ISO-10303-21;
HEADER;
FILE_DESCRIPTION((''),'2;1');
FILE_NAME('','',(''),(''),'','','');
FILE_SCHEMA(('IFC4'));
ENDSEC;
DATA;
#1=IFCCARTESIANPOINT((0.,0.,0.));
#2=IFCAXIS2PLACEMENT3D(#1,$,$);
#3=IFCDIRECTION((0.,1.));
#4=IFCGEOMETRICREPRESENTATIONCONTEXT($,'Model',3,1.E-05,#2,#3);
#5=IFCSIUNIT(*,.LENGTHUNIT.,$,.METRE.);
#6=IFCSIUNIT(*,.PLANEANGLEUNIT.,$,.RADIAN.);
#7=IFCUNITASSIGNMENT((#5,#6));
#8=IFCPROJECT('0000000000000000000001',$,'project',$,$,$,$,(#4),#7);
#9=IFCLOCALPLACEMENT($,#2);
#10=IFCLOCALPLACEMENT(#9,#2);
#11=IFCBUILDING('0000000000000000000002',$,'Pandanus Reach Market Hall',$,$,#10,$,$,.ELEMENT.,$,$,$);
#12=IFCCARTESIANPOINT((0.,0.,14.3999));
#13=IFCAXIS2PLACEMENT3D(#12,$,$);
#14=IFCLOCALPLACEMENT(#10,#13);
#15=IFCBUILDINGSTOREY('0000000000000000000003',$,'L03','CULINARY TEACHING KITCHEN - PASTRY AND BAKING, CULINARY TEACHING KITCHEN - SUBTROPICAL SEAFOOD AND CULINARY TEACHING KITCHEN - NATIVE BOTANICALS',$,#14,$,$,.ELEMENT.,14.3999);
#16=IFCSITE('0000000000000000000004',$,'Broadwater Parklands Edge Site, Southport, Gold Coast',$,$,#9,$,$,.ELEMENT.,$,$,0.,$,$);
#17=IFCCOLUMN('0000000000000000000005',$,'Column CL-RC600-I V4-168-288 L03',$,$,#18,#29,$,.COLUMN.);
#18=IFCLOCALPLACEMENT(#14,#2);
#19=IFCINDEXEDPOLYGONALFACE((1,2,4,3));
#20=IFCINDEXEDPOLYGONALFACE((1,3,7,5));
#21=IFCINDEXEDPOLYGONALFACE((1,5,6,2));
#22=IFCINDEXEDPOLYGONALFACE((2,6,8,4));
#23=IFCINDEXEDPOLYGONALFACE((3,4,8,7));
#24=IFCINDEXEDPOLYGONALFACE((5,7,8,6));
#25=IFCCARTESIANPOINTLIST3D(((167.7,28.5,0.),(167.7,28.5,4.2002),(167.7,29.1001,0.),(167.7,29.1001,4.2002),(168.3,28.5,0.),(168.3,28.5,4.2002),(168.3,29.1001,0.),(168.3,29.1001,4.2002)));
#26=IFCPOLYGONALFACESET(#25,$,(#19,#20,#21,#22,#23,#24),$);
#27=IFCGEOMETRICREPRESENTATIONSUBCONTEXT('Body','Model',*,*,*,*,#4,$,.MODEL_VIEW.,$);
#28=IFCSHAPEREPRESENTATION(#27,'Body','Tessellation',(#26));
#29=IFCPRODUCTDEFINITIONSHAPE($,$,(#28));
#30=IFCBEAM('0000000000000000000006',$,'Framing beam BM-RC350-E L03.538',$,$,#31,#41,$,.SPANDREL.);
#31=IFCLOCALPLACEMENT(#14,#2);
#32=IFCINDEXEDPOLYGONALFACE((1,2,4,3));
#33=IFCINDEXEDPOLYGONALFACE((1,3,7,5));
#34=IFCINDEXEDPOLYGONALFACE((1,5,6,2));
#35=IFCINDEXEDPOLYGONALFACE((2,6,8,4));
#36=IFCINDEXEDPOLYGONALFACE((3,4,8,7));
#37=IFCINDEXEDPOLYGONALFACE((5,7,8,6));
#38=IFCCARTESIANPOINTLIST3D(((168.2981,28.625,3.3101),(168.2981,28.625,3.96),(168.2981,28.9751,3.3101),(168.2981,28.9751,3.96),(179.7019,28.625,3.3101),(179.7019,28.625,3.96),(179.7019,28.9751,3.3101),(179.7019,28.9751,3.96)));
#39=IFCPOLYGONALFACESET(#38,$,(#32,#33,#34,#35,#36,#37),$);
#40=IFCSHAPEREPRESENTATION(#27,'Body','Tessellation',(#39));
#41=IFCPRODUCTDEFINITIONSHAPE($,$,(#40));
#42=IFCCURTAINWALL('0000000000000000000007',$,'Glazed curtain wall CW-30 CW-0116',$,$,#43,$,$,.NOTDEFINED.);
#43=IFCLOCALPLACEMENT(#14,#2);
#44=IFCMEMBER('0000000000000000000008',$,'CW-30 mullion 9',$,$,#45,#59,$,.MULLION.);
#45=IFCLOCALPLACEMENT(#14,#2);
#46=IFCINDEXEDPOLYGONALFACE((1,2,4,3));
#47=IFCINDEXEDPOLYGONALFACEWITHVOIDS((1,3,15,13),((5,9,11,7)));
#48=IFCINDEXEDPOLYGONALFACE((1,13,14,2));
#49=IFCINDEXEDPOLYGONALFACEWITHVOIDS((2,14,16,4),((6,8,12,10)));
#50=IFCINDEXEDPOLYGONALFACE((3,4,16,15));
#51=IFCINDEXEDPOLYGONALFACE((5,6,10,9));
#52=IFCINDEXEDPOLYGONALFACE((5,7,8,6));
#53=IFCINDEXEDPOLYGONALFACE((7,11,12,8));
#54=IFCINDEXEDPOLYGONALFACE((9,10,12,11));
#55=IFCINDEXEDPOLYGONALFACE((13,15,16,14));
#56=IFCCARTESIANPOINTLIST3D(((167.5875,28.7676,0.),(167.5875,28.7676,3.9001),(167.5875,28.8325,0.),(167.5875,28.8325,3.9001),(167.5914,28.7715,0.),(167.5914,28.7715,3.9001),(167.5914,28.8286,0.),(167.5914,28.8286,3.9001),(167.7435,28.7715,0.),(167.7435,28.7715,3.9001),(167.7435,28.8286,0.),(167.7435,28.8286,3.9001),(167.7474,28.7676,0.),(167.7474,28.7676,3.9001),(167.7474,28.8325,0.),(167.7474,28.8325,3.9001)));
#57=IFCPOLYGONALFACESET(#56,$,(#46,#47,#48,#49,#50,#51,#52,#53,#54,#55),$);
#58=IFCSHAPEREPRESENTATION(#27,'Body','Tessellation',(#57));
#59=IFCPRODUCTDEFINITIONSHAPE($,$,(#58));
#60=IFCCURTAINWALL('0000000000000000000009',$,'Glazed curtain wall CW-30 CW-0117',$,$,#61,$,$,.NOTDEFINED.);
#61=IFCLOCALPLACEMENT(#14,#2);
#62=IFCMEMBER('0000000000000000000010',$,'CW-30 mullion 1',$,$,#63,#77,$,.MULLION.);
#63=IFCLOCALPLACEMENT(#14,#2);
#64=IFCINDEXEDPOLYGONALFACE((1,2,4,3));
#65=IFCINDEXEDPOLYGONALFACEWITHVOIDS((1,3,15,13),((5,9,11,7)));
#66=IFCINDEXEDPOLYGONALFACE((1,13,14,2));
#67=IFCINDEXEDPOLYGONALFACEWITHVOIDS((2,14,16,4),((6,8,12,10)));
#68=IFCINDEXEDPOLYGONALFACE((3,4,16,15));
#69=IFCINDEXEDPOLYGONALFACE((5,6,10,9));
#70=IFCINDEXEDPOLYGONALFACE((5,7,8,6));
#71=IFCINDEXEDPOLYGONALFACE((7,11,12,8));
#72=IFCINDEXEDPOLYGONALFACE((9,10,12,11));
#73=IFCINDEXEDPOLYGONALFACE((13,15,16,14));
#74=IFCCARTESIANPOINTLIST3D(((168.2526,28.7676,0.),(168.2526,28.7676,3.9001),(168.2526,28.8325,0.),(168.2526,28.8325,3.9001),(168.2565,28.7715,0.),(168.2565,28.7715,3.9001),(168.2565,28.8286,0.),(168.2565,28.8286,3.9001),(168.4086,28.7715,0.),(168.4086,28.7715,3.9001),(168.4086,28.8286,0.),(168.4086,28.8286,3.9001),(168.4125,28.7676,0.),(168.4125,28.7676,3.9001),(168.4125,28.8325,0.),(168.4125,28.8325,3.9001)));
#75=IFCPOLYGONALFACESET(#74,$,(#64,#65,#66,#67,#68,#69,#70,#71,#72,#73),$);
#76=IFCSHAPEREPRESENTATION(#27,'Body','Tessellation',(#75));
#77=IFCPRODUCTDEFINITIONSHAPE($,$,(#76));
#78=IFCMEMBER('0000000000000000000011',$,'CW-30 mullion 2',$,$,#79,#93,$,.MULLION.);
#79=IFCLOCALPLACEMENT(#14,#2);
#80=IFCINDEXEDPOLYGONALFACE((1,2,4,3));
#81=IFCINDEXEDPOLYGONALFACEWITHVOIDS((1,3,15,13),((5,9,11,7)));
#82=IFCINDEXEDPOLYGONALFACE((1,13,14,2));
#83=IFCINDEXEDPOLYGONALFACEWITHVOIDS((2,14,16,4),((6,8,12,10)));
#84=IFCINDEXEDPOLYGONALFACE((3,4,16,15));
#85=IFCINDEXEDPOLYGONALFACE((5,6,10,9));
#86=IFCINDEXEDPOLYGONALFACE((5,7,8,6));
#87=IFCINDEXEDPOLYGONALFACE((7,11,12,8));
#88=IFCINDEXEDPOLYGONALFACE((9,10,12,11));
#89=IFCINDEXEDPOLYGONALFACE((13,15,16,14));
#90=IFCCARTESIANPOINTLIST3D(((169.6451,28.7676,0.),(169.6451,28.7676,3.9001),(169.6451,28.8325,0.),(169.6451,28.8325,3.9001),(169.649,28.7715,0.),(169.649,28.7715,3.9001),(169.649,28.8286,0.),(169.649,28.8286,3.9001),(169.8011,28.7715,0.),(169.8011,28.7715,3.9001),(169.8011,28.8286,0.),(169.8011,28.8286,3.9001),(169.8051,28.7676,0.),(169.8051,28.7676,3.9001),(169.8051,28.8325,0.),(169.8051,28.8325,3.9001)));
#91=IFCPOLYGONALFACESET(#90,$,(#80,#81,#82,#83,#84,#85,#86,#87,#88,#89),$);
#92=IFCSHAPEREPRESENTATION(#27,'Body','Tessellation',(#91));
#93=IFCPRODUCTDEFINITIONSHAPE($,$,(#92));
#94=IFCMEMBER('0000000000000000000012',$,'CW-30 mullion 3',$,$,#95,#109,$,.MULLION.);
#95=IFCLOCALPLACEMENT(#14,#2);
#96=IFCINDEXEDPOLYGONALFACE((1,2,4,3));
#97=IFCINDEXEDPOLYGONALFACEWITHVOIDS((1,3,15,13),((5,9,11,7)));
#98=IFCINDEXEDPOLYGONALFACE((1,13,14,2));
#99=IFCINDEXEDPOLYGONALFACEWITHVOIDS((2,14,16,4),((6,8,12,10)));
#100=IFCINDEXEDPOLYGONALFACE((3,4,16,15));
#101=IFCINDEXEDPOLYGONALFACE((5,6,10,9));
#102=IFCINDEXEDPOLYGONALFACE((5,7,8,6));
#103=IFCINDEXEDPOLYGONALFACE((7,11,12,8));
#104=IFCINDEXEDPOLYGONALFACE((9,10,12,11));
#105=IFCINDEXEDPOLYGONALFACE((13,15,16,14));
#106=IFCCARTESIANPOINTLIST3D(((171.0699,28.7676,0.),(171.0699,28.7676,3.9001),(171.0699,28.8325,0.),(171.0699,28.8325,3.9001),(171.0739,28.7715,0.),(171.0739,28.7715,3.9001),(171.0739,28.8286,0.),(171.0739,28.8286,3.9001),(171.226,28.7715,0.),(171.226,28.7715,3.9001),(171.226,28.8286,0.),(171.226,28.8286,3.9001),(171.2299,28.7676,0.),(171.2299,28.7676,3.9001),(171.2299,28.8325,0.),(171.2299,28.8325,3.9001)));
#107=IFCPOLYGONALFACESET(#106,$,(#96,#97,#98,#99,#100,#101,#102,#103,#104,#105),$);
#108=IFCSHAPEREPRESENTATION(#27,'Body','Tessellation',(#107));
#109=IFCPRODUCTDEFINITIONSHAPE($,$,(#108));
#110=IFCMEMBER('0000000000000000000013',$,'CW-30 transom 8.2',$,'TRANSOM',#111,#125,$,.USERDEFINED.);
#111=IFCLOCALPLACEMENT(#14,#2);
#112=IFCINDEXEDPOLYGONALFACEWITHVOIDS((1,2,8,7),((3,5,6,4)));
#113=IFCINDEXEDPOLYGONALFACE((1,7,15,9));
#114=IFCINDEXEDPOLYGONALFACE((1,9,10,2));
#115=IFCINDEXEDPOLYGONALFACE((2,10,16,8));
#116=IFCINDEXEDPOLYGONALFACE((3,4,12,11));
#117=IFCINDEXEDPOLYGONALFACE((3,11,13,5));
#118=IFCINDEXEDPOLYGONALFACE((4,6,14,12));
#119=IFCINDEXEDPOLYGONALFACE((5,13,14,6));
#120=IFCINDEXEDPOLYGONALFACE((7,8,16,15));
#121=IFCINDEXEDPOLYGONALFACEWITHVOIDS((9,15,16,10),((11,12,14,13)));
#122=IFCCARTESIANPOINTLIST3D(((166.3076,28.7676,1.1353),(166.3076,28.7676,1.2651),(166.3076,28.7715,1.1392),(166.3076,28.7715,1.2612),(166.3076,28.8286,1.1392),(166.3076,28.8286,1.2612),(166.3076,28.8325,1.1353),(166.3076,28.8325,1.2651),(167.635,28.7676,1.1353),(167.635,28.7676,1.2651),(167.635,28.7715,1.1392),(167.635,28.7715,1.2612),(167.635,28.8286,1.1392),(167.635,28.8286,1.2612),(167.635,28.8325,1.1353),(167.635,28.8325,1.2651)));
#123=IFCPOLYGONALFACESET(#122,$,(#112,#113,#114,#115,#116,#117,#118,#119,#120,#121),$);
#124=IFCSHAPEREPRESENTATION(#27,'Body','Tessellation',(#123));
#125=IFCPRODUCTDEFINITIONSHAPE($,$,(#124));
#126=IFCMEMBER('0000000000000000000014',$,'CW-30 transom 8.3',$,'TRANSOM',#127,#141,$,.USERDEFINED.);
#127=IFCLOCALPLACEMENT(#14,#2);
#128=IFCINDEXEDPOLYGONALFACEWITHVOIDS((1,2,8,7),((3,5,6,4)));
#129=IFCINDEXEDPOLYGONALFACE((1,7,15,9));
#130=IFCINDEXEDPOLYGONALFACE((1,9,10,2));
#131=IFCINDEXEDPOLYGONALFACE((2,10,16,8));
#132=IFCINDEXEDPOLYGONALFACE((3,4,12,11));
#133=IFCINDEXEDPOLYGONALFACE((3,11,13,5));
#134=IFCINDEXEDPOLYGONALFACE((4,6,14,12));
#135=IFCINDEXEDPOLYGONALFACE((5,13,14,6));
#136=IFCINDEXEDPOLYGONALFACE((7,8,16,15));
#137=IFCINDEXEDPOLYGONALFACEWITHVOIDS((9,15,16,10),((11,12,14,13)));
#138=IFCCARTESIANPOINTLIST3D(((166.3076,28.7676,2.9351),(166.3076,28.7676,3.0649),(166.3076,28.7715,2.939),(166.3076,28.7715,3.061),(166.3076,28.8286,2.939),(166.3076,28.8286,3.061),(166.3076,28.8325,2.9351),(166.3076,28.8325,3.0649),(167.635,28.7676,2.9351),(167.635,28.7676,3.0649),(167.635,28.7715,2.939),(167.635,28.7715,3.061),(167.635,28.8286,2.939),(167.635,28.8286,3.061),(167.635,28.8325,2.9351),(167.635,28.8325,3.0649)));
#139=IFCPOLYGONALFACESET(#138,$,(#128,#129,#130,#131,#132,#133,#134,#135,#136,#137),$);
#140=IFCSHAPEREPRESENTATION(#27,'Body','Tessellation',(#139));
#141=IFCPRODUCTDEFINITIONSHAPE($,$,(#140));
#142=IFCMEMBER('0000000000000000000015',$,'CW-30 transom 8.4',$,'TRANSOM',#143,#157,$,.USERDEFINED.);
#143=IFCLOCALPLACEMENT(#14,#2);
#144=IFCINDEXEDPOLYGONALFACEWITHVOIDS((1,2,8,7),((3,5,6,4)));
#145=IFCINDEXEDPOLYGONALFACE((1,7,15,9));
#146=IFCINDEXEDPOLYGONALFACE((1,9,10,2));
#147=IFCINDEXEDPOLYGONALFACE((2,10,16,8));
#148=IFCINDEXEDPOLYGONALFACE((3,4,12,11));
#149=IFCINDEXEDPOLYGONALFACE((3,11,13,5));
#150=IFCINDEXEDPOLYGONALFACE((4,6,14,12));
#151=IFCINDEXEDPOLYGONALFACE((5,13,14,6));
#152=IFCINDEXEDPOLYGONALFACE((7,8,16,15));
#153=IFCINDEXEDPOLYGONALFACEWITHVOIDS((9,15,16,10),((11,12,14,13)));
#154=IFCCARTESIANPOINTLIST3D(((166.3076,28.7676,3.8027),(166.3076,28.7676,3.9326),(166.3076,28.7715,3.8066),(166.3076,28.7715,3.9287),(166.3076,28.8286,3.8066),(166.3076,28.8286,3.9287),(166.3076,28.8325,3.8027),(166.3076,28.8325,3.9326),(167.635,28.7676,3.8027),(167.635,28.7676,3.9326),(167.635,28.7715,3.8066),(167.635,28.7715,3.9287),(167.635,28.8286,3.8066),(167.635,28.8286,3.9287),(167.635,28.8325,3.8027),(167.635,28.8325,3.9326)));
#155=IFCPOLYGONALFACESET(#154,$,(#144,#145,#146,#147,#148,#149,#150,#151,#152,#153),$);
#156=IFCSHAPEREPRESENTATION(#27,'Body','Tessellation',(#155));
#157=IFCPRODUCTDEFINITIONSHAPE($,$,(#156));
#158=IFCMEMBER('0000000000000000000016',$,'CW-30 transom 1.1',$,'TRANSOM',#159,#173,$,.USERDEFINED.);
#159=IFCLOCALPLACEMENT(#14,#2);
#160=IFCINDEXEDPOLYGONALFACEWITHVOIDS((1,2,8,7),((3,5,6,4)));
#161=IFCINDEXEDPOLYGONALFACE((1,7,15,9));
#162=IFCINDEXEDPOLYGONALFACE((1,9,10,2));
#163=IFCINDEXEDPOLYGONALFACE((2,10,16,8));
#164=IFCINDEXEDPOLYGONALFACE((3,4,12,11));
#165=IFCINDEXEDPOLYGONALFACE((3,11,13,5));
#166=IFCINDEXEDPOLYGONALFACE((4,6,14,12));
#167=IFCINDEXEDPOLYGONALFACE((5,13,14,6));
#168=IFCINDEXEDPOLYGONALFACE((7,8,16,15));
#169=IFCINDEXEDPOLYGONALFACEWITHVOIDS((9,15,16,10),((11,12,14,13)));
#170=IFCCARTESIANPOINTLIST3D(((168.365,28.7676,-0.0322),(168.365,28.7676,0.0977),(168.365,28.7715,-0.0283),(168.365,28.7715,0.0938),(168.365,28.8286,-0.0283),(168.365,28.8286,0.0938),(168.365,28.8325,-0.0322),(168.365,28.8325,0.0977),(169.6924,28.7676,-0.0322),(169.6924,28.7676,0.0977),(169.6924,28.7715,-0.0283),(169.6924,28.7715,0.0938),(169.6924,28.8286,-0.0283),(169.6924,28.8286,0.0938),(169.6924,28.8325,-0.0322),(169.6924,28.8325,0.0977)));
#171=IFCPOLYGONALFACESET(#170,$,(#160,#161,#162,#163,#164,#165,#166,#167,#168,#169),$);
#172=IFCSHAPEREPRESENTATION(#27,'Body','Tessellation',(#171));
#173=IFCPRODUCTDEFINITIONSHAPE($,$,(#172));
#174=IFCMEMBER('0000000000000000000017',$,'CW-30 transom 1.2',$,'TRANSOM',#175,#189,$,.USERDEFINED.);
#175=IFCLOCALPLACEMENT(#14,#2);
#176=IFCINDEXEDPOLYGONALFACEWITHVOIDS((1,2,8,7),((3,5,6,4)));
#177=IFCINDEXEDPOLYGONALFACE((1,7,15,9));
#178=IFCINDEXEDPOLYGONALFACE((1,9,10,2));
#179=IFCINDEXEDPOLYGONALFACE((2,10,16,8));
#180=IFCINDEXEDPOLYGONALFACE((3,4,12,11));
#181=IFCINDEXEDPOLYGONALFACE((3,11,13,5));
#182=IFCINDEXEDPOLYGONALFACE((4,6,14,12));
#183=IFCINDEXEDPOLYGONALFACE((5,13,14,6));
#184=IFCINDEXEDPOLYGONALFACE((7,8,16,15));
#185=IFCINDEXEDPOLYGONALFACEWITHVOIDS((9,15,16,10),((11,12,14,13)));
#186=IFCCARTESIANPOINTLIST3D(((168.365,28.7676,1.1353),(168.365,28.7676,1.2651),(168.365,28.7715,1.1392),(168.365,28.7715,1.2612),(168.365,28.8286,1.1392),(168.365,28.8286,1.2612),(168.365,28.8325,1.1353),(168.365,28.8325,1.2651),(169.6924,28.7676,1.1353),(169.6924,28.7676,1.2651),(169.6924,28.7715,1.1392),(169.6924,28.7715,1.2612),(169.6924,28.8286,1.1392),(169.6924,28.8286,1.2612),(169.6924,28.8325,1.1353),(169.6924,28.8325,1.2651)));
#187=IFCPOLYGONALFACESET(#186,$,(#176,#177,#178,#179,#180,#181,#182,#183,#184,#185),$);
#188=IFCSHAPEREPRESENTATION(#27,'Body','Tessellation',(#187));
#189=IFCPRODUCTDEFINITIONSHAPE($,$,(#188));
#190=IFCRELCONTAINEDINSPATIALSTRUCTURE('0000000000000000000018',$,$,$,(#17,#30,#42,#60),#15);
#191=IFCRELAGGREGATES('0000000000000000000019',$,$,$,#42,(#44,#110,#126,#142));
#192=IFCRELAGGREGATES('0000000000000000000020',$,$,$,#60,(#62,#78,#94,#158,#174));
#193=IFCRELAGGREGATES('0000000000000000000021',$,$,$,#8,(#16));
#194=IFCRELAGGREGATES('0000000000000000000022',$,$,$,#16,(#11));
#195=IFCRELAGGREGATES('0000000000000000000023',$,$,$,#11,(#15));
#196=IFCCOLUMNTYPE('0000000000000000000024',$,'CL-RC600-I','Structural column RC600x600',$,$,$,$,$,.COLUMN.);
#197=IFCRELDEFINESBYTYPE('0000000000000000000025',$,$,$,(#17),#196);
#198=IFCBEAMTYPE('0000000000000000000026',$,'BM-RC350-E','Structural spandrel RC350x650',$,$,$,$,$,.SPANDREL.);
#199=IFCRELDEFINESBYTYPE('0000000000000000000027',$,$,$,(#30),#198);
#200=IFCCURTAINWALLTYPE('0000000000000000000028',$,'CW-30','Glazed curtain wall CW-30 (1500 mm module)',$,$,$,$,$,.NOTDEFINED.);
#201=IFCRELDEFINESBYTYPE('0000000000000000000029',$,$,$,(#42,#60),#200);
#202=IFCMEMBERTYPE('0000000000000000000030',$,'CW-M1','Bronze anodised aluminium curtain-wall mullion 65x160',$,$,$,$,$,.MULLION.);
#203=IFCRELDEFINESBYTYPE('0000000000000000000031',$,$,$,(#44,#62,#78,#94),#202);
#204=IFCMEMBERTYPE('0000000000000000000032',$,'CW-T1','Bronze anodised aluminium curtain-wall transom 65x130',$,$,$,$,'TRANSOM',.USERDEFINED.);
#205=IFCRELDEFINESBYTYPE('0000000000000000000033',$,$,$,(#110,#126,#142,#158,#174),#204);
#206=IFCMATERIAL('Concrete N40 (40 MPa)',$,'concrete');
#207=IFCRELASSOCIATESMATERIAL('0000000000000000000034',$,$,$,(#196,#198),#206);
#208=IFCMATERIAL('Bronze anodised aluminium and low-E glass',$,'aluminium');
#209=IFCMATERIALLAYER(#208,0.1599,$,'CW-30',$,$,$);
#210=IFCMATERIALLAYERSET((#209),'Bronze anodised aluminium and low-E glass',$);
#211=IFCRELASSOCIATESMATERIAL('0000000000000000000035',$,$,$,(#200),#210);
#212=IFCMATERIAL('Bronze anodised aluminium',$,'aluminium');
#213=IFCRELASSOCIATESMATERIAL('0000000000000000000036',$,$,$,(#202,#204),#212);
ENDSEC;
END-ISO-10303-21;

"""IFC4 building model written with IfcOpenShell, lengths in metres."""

from ifc_helpers import new_model, si_unit, direction, frame, origin, origin_2d, place, context, subcontext, project, spatial, rectangle, hollow_rectangle, extrude, material, layer, layer_set, material_profile, profile_set, type_object, element, aggregate, save


model = new_model("IFC4")

# Units and contexts
model_context = context("Model", 3, precision=1e-05, world=origin(), true_north=direction((0.0, 1.0)))
body_context = subcontext(model_context, "Body", "Model", "MODEL_VIEW")
ifc_project = project(units=[si_unit("LENGTHUNIT", "METRE"), si_unit("PLANEANGLEUNIT", "RADIAN")], contexts=[model_context])

# Site, building, storey
site_placement = place(None, origin())
site = spatial("IfcSite", under=ifc_project, at=site_placement, Name="Broadwater Parklands Edge Site, Southport, Gold Coast", CompositionType="ELEMENT", RefElevation=0.0)
building_placement = place(site_placement, origin())
building = spatial("IfcBuilding", under=site, at=building_placement, Name="Pandanus Reach Market Hall", CompositionType="ELEMENT")
storey_placement = place(building_placement, frame((0.0, 0.0, 14.3999)))
storey = spatial("IfcBuildingStorey", under=building, at=storey_placement, Name="L03", Description="CULINARY TEACHING KITCHEN - PASTRY AND BAKING, CULINARY TEACHING KITCHEN - SUBTROPICAL SEAFOOD AND CULINARY TEACHING KITCHEN - NATIVE BOTANICALS", CompositionType="ELEMENT", Elevation=14.3999)

# Column
ifc_material_1 = material(Name="Concrete N40 (40 MPa)", Category="concrete")
ifc_material_profile_1 = material_profile(ifc_material_1, rectangle(XDim=0.6001, YDim=0.6001, at=origin_2d()), Name="RC600x600", Category="LoadBearing")
ifc_profile_set_1 = profile_set([ifc_material_profile_1], Name="Concrete N40 (40 MPa)")
column_type = type_object("IfcColumnType", Name="CL-RC600-I", Description="Structural column RC600x600", PredefinedType="COLUMN", material=ifc_profile_set_1)
column_placement = place(storey_placement, frame((168.0, 28.8, 0.0), z_axis=(0.0, 0.0, 1.0), x_axis=(1.0, 0.0, 0.0)))
element("IfcColumn", 1, at=column_placement, inside=storey, type_object=column_type, Name="Column CL-RC600-I V4-168-288 L03", PredefinedType="COLUMN", context=body_context, shape_type="SweptSolid", body=[
    extrude(rectangle(XDim=0.6001, YDim=0.6001, at=origin_2d()), origin(), (0.0, 0.0, 1.0), 4.2002),
])

# Beam
ifc_material_profile_2 = material_profile(ifc_material_1, rectangle(XDim=0.3501, YDim=0.6499, at=origin_2d()), Name="RC350x650", Category="LoadBearing")
ifc_profile_set_2 = profile_set([ifc_material_profile_2], Name="Concrete N40 (40 MPa)")
beam_type = type_object("IfcBeamType", Name="BM-RC350-E", Description="Structural spandrel RC350x650", PredefinedType="SPANDREL", material=ifc_profile_set_2)
beam_placement = place(storey_placement, frame((168.2981, 28.8, 3.635), z_axis=(1.0, 0.0, 0.0), x_axis=(0.0, 1.0, 0.0)))
element("IfcBeam", 2, at=beam_placement, inside=storey, type_object=beam_type, Name="Framing beam BM-RC350-E L03.538", PredefinedType="SPANDREL", context=body_context, shape_type="SweptSolid", body=[
    extrude(rectangle(XDim=0.3501, YDim=0.6499, at=origin_2d()), origin(), (0.0, 0.0, 1.0), 11.4038),
])

# Curtain wall, member
ifc_material_2 = material(Name="Bronze anodised aluminium and low-E glass", Category="aluminium")
ifc_layer_1 = layer(ifc_material_2, 0.1599, Name="CW-30")
ifc_layer_set_1 = layer_set([ifc_layer_1], Name="Bronze anodised aluminium and low-E glass")
curtain_wall_type = type_object("IfcCurtainWallType", Name="CW-30", Description="Glazed curtain wall CW-30 (1500 mm module)", PredefinedType="NOTDEFINED", material=ifc_layer_set_1)
curtain_wall_1_placement = place(storey_placement, origin())
curtain_wall_1 = element("IfcCurtainWall", 3, at=curtain_wall_1_placement, inside=storey, type_object=curtain_wall_type, Name="Glazed curtain wall CW-30 CW-0116", PredefinedType="NOTDEFINED")
ifc_material_3 = material(Name="Bronze anodised aluminium", Category="aluminium")
ifc_material_profile_3 = material_profile(ifc_material_3, hollow_rectangle(XDim=0.0649, YDim=0.1599, WallThickness=0.0039, at=origin_2d()), Name="ALU65x160", Category="LoadBearing")
ifc_profile_set_3 = profile_set([ifc_material_profile_3], Name="Bronze anodised aluminium")
member_type_1 = type_object("IfcMemberType", Name="CW-M1", Description="Bronze anodised aluminium curtain-wall mullion 65x160", PredefinedType="MULLION", material=ifc_profile_set_3)
member_1_placement = place(storey_placement, frame((167.6675, 28.8, 0.0), z_axis=(0.0, 0.0, 1.0), x_axis=(0.0, 1.0, 0.0)))
member_1 = element("IfcMember", 4, at=member_1_placement, type_object=member_type_1, Name="CW-30 mullion 9", PredefinedType="MULLION", context=body_context, shape_type="SweptSolid", body=[
    extrude(hollow_rectangle(XDim=0.0649, YDim=0.1599, WallThickness=0.0039, at=origin_2d()), origin(), (0.0, 0.0, 1.0), 3.9001),
])

# Curtain wall, members
curtain_wall_2_placement = place(storey_placement, origin())
curtain_wall_2 = element("IfcCurtainWall", 5, at=curtain_wall_2_placement, inside=storey, type_object=curtain_wall_type, Name="Glazed curtain wall CW-30 CW-0117", PredefinedType="NOTDEFINED")
member_2_placement = place(storey_placement, frame((168.3325, 28.8, 0.0), z_axis=(0.0, 0.0, 1.0), x_axis=(0.0, 1.0, 0.0)))
member_2 = element("IfcMember", 6, at=member_2_placement, type_object=member_type_1, Name="CW-30 mullion 1", PredefinedType="MULLION", context=body_context, shape_type="SweptSolid", body=[
    extrude(hollow_rectangle(XDim=0.0649, YDim=0.1599, WallThickness=0.0039, at=origin_2d()), origin(), (0.0, 0.0, 1.0), 3.9001),
])
member_3_placement = place(storey_placement, frame((169.7251, 28.8, 0.0), z_axis=(0.0, 0.0, 1.0), x_axis=(0.0, 1.0, 0.0)))
member_3 = element("IfcMember", 7, at=member_3_placement, type_object=member_type_1, Name="CW-30 mullion 2", PredefinedType="MULLION", context=body_context, shape_type="SweptSolid", body=[
    extrude(hollow_rectangle(XDim=0.0649, YDim=0.1599, WallThickness=0.0039, at=origin_2d()), origin(), (0.0, 0.0, 1.0), 3.9001),
])
member_4_placement = place(storey_placement, frame((171.1499, 28.8, 0.0), z_axis=(0.0, 0.0, 1.0), x_axis=(0.0, 1.0, 0.0)))
member_4 = element("IfcMember", 8, at=member_4_placement, type_object=member_type_1, Name="CW-30 mullion 3", PredefinedType="MULLION", context=body_context, shape_type="SweptSolid", body=[
    extrude(hollow_rectangle(XDim=0.0649, YDim=0.1599, WallThickness=0.0039, at=origin_2d()), origin(), (0.0, 0.0, 1.0), 3.9001),
])

# Members
ifc_material_profile_4 = material_profile(ifc_material_3, hollow_rectangle(XDim=0.0649, YDim=0.1299, WallThickness=0.0039, at=origin_2d()), Name="ALU65x130", Category="LoadBearing")
ifc_profile_set_4 = profile_set([ifc_material_profile_4], Name="Bronze anodised aluminium")
member_type_2 = type_object("IfcMemberType", Name="CW-T1", Description="Bronze anodised aluminium curtain-wall transom 65x130", ElementType="TRANSOM", PredefinedType="USERDEFINED", material=ifc_profile_set_4)
member_5_placement = place(storey_placement, frame((166.3076, 28.8, 1.2002), z_axis=(1.0, 0.0, 0.0), x_axis=(0.0, 1.0, 0.0)))
member_5 = element("IfcMember", 9, at=member_5_placement, type_object=member_type_2, Name="CW-30 transom 8.2", ObjectType="TRANSOM", PredefinedType="USERDEFINED", context=body_context, shape_type="SweptSolid", body=[
    extrude(hollow_rectangle(XDim=0.0649, YDim=0.1299, WallThickness=0.0039, at=origin_2d()), origin(), (0.0, 0.0, 1.0), 1.3274),
])
member_6_placement = place(storey_placement, frame((166.3076, 28.8, 3.0), z_axis=(1.0, 0.0, 0.0), x_axis=(0.0, 1.0, 0.0)))
member_6 = element("IfcMember", 10, at=member_6_placement, type_object=member_type_2, Name="CW-30 transom 8.3", ObjectType="TRANSOM", PredefinedType="USERDEFINED", context=body_context, shape_type="SweptSolid", body=[
    extrude(hollow_rectangle(XDim=0.0649, YDim=0.1299, WallThickness=0.0039, at=origin_2d()), origin(), (0.0, 0.0, 1.0), 1.3274),
])
member_7_placement = place(storey_placement, frame((166.3076, 28.8, 3.8677), z_axis=(1.0, 0.0, 0.0), x_axis=(0.0, 1.0, 0.0)))
member_7 = element("IfcMember", 11, at=member_7_placement, type_object=member_type_2, Name="CW-30 transom 8.4", ObjectType="TRANSOM", PredefinedType="USERDEFINED", context=body_context, shape_type="SweptSolid", body=[
    extrude(hollow_rectangle(XDim=0.0649, YDim=0.1299, WallThickness=0.0039, at=origin_2d()), origin(), (0.0, 0.0, 1.0), 1.3274),
])
member_8_placement = place(storey_placement, frame((168.365, 28.8, 0.0327), z_axis=(1.0, 0.0, 0.0), x_axis=(0.0, 1.0, 0.0)))
member_8 = element("IfcMember", 12, at=member_8_placement, type_object=member_type_2, Name="CW-30 transom 1.1", ObjectType="TRANSOM", PredefinedType="USERDEFINED", context=body_context, shape_type="SweptSolid", body=[
    extrude(hollow_rectangle(XDim=0.0649, YDim=0.1299, WallThickness=0.0039, at=origin_2d()), origin(), (0.0, 0.0, 1.0), 1.3274),
])
member_9_placement = place(storey_placement, frame((168.365, 28.8, 1.2002), z_axis=(1.0, 0.0, 0.0), x_axis=(0.0, 1.0, 0.0)))
member_9 = element("IfcMember", 13, at=member_9_placement, type_object=member_type_2, Name="CW-30 transom 1.2", ObjectType="TRANSOM", PredefinedType="USERDEFINED", context=body_context, shape_type="SweptSolid", body=[
    extrude(hollow_rectangle(XDim=0.0649, YDim=0.1299, WallThickness=0.0039, at=origin_2d()), origin(), (0.0, 0.0, 1.0), 1.3274),
])

aggregate(curtain_wall_1, [member_1, member_5, member_6, member_7])
aggregate(curtain_wall_2, [member_2, member_3, member_4, member_8, member_9])

save(model, "model.ifc")
